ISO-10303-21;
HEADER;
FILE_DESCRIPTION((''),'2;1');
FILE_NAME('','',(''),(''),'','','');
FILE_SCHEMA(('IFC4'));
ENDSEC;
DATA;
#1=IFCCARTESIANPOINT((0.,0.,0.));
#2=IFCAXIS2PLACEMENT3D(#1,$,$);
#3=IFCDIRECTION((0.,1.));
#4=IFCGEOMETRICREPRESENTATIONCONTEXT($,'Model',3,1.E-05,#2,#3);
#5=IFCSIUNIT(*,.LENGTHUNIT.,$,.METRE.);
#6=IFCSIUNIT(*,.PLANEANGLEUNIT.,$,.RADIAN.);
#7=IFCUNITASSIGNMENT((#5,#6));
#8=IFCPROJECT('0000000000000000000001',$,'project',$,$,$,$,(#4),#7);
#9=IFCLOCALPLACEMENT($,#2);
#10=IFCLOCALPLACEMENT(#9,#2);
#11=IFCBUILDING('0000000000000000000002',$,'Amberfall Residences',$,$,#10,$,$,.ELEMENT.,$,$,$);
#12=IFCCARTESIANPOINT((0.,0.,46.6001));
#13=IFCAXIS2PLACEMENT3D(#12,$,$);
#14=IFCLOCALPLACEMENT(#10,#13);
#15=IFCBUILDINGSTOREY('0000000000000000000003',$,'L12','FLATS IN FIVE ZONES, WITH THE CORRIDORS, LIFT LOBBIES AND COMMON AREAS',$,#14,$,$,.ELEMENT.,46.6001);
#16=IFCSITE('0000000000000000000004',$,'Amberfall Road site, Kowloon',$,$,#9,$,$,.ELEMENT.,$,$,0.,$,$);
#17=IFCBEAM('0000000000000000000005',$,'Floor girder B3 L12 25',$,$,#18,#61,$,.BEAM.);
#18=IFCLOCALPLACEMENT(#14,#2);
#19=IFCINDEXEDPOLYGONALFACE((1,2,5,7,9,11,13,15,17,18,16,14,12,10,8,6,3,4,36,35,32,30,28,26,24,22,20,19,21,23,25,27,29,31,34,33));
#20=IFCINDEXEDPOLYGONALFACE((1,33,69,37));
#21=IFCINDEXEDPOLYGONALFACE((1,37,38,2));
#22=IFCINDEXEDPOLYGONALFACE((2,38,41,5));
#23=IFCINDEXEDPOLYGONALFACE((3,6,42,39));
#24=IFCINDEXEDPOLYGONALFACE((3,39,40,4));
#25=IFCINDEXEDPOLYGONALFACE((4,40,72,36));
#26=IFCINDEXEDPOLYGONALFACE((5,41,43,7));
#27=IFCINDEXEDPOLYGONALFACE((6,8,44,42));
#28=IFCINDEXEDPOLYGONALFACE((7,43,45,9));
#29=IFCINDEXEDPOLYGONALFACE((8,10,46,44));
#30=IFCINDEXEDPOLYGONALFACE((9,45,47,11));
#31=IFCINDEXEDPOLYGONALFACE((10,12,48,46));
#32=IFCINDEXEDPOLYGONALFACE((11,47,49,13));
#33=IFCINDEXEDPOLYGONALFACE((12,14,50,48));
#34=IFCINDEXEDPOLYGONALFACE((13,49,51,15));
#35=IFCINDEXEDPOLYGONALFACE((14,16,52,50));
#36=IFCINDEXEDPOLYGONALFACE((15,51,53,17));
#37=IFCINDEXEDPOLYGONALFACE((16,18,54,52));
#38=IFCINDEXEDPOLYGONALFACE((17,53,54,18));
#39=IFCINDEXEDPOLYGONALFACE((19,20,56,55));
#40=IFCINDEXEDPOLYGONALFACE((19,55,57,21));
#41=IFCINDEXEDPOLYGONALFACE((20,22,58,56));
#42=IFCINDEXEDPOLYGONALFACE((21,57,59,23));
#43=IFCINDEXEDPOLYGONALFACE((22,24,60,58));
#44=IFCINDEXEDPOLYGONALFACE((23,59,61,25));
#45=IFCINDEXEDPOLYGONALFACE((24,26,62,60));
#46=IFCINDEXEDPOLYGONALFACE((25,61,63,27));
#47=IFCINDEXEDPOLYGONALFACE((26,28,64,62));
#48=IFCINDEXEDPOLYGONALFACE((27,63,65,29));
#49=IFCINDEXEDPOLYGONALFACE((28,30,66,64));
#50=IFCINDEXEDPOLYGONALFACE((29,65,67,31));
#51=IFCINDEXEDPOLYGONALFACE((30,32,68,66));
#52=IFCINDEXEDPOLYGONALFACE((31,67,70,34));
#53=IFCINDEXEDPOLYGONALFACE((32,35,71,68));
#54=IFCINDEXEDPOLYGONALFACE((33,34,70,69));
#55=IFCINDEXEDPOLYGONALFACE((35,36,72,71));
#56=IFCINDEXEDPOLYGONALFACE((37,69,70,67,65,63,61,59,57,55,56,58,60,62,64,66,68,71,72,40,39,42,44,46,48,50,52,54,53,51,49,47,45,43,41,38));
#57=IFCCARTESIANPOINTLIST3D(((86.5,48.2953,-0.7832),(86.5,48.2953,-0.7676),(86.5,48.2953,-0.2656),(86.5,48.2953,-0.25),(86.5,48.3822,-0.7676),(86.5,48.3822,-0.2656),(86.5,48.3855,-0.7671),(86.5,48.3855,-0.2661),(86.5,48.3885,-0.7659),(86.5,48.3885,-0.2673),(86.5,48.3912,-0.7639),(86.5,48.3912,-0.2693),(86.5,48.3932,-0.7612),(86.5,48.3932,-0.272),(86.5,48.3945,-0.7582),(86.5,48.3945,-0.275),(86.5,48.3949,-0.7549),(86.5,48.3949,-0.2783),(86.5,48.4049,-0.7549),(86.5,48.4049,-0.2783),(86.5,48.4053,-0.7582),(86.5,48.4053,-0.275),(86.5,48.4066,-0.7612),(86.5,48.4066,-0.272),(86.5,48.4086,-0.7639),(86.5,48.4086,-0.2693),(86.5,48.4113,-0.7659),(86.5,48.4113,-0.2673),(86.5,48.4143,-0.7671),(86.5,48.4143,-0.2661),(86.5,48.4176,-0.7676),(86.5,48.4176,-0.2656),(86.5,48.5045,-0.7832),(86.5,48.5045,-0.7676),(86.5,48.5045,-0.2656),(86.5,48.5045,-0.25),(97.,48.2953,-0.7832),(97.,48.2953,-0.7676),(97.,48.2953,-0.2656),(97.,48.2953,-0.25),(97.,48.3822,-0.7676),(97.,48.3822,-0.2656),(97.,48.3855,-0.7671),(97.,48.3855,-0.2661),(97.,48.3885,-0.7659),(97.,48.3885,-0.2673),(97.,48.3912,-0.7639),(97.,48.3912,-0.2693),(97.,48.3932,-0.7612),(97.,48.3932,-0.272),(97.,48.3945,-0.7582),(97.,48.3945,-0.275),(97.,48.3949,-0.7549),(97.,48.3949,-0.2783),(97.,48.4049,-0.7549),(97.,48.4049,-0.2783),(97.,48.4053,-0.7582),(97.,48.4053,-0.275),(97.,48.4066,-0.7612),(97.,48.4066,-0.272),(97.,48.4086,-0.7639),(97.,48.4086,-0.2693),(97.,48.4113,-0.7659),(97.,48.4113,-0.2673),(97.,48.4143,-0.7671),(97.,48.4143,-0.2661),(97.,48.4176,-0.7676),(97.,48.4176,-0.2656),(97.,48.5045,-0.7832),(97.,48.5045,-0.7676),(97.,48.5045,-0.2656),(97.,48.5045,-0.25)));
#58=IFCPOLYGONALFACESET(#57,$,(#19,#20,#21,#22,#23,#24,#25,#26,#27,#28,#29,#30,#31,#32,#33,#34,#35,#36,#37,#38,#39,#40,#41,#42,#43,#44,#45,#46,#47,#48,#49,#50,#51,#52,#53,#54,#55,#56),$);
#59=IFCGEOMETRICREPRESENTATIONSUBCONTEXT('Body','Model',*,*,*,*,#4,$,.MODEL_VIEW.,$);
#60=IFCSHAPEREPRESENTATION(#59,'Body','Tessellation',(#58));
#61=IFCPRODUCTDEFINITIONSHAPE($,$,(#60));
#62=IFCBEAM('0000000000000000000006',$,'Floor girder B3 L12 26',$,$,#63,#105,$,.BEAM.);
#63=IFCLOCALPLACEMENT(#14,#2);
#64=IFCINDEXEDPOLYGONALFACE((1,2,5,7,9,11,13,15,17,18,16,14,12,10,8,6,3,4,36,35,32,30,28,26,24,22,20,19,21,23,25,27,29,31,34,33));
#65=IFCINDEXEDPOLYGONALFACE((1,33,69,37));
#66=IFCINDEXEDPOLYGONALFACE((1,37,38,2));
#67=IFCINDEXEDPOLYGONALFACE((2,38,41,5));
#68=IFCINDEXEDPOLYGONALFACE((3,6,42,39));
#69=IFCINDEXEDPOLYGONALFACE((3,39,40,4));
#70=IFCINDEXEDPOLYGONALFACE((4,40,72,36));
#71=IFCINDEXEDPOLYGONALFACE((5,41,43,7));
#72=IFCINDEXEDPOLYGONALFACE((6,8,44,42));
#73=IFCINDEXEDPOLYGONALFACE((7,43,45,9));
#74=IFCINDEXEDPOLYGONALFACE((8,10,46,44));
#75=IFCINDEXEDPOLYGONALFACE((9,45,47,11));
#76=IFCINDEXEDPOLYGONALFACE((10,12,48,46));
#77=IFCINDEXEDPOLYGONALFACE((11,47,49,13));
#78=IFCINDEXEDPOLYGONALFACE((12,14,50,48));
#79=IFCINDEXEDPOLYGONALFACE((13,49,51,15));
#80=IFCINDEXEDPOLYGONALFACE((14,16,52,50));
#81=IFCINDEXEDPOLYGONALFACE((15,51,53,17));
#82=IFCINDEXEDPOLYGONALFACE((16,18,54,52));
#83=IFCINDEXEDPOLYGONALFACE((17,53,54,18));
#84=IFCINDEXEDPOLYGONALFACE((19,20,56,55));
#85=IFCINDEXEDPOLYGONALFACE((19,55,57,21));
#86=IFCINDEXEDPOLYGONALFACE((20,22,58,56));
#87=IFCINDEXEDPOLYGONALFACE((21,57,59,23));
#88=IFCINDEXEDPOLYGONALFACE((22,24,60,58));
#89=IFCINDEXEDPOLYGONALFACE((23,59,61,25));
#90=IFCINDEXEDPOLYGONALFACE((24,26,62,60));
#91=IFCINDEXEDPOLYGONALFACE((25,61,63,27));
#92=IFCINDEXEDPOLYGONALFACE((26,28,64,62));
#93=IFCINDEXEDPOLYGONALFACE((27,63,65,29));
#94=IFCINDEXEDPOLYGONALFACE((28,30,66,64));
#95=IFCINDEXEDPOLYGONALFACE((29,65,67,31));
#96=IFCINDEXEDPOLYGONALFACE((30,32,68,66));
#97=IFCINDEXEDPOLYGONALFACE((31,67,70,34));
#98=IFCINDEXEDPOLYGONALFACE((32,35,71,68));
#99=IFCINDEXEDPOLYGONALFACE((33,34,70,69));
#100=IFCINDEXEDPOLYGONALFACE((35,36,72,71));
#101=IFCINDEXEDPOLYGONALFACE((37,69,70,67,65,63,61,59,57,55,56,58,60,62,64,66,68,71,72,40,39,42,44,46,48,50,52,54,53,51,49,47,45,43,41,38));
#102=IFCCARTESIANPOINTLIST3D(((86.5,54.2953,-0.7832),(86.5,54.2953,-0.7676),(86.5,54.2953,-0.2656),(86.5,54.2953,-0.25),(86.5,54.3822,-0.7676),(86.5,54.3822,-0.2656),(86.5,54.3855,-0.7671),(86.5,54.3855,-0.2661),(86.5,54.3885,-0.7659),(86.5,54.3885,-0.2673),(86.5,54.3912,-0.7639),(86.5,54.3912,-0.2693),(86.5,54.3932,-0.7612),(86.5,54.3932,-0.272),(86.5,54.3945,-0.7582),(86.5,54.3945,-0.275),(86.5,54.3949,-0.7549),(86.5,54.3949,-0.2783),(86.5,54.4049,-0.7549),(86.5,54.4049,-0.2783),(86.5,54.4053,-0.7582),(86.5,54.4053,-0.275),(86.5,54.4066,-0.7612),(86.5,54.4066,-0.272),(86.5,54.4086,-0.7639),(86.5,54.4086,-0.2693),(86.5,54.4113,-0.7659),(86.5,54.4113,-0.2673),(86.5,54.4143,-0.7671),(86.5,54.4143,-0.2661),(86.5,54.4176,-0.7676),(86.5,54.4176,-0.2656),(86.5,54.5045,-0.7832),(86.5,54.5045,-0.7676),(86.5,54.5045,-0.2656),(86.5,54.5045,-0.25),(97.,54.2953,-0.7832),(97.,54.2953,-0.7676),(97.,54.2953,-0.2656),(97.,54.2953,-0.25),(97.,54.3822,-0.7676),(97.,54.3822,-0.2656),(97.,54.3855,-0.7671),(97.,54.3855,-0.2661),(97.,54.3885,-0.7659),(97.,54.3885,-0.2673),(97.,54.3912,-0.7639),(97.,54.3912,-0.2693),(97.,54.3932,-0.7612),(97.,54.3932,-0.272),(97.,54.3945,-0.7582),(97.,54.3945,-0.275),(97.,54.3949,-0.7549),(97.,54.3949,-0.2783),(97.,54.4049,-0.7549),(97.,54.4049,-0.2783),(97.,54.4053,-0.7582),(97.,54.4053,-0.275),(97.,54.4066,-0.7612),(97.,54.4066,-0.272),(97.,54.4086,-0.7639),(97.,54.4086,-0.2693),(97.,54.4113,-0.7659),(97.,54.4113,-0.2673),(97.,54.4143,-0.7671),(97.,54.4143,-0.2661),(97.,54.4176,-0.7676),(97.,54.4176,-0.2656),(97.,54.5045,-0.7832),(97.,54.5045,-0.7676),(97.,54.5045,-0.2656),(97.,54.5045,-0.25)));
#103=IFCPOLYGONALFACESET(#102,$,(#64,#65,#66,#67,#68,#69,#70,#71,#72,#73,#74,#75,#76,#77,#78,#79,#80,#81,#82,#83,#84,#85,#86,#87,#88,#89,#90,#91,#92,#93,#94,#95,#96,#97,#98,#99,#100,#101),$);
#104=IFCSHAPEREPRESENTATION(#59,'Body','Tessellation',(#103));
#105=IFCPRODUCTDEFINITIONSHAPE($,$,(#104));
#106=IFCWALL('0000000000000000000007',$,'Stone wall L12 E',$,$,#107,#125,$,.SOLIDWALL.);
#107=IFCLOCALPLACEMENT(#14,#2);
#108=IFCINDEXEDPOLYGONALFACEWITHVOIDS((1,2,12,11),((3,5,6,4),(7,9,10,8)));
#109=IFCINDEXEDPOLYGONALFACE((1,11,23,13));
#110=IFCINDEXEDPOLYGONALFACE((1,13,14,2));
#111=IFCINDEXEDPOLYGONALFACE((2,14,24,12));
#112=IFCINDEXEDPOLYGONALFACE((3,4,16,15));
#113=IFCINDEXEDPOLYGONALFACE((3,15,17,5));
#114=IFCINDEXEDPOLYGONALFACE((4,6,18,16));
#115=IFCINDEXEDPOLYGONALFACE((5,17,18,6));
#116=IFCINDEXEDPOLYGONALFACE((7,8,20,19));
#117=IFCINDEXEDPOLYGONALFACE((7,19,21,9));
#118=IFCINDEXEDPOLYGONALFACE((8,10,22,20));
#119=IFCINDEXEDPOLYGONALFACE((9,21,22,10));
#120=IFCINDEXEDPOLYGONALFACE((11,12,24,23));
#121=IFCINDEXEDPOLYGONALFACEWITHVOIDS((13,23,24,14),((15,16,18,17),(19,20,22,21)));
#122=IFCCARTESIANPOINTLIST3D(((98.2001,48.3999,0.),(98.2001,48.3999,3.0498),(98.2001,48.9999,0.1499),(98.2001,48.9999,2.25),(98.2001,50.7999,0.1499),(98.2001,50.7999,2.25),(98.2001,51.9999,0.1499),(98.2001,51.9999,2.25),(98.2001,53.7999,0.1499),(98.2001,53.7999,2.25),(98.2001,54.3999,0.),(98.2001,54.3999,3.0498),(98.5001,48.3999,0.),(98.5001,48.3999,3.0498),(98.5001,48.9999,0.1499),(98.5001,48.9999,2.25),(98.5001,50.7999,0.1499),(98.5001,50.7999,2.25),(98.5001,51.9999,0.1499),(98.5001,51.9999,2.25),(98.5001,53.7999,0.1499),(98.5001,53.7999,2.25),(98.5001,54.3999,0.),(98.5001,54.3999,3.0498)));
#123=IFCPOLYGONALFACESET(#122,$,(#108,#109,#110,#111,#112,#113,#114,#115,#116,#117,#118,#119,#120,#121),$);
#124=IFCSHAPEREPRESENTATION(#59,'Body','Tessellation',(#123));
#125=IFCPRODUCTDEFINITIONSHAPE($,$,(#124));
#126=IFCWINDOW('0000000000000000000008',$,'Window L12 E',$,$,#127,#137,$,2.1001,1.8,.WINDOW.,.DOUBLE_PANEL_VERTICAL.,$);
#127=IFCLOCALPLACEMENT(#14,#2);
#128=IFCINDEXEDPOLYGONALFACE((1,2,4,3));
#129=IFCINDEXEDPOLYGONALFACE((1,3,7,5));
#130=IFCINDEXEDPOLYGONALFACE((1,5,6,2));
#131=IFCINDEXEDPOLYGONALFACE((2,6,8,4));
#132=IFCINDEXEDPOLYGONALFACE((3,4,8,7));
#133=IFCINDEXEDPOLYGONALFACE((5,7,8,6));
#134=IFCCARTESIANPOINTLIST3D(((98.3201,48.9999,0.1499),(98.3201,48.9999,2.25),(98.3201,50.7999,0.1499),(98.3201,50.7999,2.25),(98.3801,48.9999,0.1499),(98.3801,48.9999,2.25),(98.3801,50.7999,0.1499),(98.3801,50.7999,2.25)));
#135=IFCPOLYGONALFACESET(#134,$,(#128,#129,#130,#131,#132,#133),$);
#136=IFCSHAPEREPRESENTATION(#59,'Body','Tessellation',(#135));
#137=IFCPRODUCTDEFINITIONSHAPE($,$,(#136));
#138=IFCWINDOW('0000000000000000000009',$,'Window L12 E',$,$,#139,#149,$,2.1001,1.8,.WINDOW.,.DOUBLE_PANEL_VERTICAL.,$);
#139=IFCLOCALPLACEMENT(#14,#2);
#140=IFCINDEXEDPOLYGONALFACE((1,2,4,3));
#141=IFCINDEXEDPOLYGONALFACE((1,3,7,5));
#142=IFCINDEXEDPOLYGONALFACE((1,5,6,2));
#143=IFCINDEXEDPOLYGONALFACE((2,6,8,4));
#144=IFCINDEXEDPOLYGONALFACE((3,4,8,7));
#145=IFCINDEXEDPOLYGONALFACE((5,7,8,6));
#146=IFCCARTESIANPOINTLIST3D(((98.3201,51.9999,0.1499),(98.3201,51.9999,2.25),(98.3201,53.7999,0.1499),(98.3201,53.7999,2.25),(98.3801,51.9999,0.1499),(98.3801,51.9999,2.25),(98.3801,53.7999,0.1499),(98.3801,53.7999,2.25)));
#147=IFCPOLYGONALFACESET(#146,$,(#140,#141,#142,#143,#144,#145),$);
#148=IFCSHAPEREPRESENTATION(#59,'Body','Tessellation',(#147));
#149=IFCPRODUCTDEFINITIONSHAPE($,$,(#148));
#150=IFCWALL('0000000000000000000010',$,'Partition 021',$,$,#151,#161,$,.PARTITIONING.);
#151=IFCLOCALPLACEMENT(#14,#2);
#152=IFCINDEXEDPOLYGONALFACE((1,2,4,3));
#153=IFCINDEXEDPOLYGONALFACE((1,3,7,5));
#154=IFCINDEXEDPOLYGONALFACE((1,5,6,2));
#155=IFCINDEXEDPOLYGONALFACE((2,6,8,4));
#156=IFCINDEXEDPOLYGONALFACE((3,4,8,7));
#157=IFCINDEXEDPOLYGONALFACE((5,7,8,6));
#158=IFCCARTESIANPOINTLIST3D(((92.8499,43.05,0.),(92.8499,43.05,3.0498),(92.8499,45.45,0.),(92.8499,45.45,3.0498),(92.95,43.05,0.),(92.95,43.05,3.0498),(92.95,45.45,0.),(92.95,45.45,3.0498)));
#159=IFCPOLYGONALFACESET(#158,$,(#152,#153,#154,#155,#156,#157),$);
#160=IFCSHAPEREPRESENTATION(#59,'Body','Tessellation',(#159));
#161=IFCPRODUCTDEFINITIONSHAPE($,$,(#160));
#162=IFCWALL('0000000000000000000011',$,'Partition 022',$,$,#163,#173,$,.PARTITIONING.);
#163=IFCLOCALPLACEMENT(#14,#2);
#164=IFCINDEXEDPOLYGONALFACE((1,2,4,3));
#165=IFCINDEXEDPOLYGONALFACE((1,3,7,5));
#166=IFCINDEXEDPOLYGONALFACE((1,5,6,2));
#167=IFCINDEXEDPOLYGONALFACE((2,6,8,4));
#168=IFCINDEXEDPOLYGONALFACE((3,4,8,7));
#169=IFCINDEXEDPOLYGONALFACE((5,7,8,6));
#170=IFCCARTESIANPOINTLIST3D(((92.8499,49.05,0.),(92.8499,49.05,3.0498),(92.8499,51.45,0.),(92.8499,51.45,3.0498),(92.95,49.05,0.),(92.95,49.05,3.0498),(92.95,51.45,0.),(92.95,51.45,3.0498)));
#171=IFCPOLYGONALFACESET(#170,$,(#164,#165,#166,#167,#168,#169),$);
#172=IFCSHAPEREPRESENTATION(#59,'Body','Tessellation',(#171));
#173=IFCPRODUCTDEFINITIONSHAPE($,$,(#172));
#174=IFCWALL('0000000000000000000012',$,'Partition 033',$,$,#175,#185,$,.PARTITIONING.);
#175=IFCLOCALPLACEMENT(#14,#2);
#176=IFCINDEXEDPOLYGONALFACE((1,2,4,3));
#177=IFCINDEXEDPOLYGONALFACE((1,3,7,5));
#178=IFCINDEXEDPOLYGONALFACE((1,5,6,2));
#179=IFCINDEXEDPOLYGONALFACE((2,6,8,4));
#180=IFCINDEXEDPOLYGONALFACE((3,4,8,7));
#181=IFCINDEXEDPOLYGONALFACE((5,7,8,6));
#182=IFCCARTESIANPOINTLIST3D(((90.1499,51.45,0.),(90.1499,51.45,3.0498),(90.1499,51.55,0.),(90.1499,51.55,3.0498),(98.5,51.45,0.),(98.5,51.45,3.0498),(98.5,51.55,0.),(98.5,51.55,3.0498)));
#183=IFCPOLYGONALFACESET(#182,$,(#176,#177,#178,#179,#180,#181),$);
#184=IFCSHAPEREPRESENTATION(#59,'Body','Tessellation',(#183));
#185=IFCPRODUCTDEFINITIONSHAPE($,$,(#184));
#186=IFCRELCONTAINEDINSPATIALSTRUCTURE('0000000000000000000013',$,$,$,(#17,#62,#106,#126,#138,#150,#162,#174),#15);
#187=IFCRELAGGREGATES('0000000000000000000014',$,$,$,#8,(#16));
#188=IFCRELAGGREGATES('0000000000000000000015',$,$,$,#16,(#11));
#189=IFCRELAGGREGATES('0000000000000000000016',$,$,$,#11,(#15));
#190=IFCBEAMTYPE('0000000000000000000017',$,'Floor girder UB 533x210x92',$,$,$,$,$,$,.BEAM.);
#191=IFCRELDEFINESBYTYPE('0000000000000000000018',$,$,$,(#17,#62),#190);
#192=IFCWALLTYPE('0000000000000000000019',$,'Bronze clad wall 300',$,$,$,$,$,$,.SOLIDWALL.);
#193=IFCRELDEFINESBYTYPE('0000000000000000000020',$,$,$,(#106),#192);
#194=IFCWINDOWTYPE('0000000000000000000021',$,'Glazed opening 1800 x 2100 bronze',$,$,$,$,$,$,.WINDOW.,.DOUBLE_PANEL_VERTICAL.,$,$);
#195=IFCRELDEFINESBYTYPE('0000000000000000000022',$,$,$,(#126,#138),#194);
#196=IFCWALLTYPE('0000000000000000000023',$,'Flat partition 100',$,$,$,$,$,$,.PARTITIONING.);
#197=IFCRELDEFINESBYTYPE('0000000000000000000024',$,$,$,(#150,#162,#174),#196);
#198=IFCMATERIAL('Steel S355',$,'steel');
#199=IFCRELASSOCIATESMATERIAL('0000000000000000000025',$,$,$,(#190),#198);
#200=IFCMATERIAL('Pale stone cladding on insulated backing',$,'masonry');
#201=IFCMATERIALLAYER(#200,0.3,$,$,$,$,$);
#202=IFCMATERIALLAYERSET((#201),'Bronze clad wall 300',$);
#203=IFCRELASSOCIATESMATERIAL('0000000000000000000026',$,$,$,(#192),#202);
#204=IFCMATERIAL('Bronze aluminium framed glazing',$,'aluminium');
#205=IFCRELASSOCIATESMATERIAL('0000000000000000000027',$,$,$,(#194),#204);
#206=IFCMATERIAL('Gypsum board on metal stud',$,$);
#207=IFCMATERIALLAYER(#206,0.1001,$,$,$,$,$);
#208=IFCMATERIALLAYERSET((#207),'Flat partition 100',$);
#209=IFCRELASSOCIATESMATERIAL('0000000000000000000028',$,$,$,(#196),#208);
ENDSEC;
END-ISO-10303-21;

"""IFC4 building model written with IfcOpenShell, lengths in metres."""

from ifc_helpers import new_model, si_unit, direction, frame, frame_2d, origin, origin_2d, place, context, subcontext, project, spatial, rectangle, i_section, extrude, material, layer, layer_set, material_profile, profile_set, type_object, element, fill, save


model = new_model("IFC4")

# Units and contexts
model_context = context("Model", 3, precision=1e-05, world=origin(), true_north=direction((0.0, 1.0)))
body_context = subcontext(model_context, "Body", "Model", "MODEL_VIEW")
ifc_project = project(units=[si_unit("LENGTHUNIT", "METRE"), si_unit("PLANEANGLEUNIT", "RADIAN")], contexts=[model_context])

# Site, building, storey
site_placement = place(None, origin())
site = spatial("IfcSite", under=ifc_project, at=site_placement, Name="Amberfall Road site, Kowloon", CompositionType="ELEMENT", RefElevation=0.0)
building_placement = place(site_placement, origin())
building = spatial("IfcBuilding", under=site, at=building_placement, Name="Amberfall Residences", CompositionType="ELEMENT")
storey_placement = place(building_placement, frame((0.0, 0.0, 46.6001)))
storey = spatial("IfcBuildingStorey", under=building, at=storey_placement, Name="L12", Description="FLATS IN FIVE ZONES, WITH THE CORRIDORS, LIFT LOBBIES AND COMMON AREAS", CompositionType="ELEMENT", Elevation=46.6001)

# Beams
ifc_material_1 = material(Name="Steel S355", Category="steel")
ifc_material_profile_1 = material_profile(ifc_material_1, i_section(OverallWidth=0.2092, OverallDepth=0.5332, WebThickness=0.01, FlangeThickness=0.0156, FilletRadius=0.0127, at=origin_2d()), Name="UB 533x210x92")
ifc_profile_set_1 = profile_set([ifc_material_profile_1], Name="Steel S355")
beam_type_1 = type_object("IfcBeamType", Name="Floor girder UB 533x210x92", PredefinedType="BEAM", material=ifc_profile_set_1)
for number, where, z_axis, x_axis, name in (
    (1, (97.0, 48.3999, -0.5166), (-1.0, 0.0, 0.0), (0.0, -1.0, 0.0), "Floor girder B3 L12 25"),
    (2, (97.0, 54.3999, -0.5166), (-1.0, 0.0, 0.0), (0.0, -1.0, 0.0), "Floor girder B3 L12 26"),
):
    element("IfcBeam", number, at=place(storey_placement, frame(where, z_axis=z_axis, x_axis=x_axis)), inside=storey, type_object=beam_type_1, Name=name, PredefinedType="BEAM", context=body_context, shape_type="SweptSolid", body=[
        extrude(i_section(OverallWidth=0.2092, OverallDepth=0.5332, WebThickness=0.01, FlangeThickness=0.0156, FilletRadius=0.0127, at=origin_2d()), origin(), (0.0, 0.0, 1.0), 10.5),
    ])

# Wall, openings, windows
ifc_material_2 = material(Name="Pale stone cladding on insulated backing", Category="masonry")
ifc_layer_1 = layer(ifc_material_2, 0.3)
ifc_layer_set_1 = layer_set([ifc_layer_1], Name="Bronze clad wall 300")
wall_type_1 = type_object("IfcWallType", Name="Bronze clad wall 300", PredefinedType="SOLIDWALL", material=ifc_layer_set_1)
wall_1_placement = place(storey_placement, frame((98.3501, 48.3999, 0.0), z_axis=(0.0, 0.0, 1.0), x_axis=(0.0, 1.0, 0.0)))
wall_1 = element("IfcWall", 3, at=wall_1_placement, inside=storey, type_object=wall_type_1, Name="Stone wall L12 E", PredefinedType="SOLIDWALL", context=body_context, shape_type="SweptSolid", body=[
    extrude(rectangle(XDim=6.0, YDim=0.3, at=frame_2d((3.0, 0.0))), origin(), (0.0, 0.0, 1.0), 3.0498),
])
opening_1_placement = place(wall_1_placement, frame((0.6001, 0.0, 0.1499)))
opening_1 = element("IfcOpeningElement", 4, at=opening_1_placement, cuts=wall_1, PredefinedType="OPENING", context=body_context, shape_type="SweptSolid", body=[
    extrude(rectangle(XDim=1.8, YDim=2.1001, at=frame_2d((0.8999, 1.05))), frame((0.0, 0.1599, 0.0), z_axis=(0.0, -1.0, 0.0), x_axis=(1.0, 0.0, 0.0)), (0.0, 0.0, 1.0), 0.3201),
])
opening_2_placement = place(wall_1_placement, frame((3.6001, 0.0, 0.1499)))
opening_2 = element("IfcOpeningElement", 5, at=opening_2_placement, cuts=wall_1, PredefinedType="OPENING", context=body_context, shape_type="SweptSolid", body=[
    extrude(rectangle(XDim=1.8, YDim=2.1001, at=frame_2d((0.8999, 1.05))), frame((0.0, 0.1599, 0.0), z_axis=(0.0, -1.0, 0.0), x_axis=(1.0, 0.0, 0.0)), (0.0, 0.0, 1.0), 0.3201),
])
ifc_material_3 = material(Name="Bronze aluminium framed glazing", Category="aluminium")
window_type = type_object("IfcWindowType", Name="Glazed opening 1800 x 2100 bronze", PartitioningType="DOUBLE_PANEL_VERTICAL", PredefinedType="WINDOW", material=ifc_material_3)
window_1_placement = place(opening_1_placement, origin())
window_1 = element("IfcWindow", 6, at=window_1_placement, inside=storey, type_object=window_type, Name="Window L12 E", OverallHeight=2.1001, OverallWidth=1.8, PartitioningType="DOUBLE_PANEL_VERTICAL", PredefinedType="WINDOW", context=body_context, shape_type="SweptSolid", body=[
    extrude(rectangle(XDim=1.8, YDim=2.1001, at=frame_2d((0.8999, 1.05))), frame((0.0, 0.03, 0.0), z_axis=(0.0, -1.0, 0.0), x_axis=(1.0, 0.0, 0.0)), (0.0, 0.0, 1.0), 0.0601),
])
fill(opening_1, window_1)
window_2_placement = place(opening_2_placement, origin())
window_2 = element("IfcWindow", 7, at=window_2_placement, inside=storey, type_object=window_type, Name="Window L12 E", OverallHeight=2.1001, OverallWidth=1.8, PartitioningType="DOUBLE_PANEL_VERTICAL", PredefinedType="WINDOW", context=body_context, shape_type="SweptSolid", body=[
    extrude(rectangle(XDim=1.8, YDim=2.1001, at=frame_2d((0.8999, 1.05))), frame((0.0, 0.03, 0.0), z_axis=(0.0, -1.0, 0.0), x_axis=(1.0, 0.0, 0.0)), (0.0, 0.0, 1.0), 0.0601),
])
fill(opening_2, window_2)

# Walls
ifc_material_4 = material(Name="Gypsum board on metal stud")
ifc_layer_2 = layer(ifc_material_4, 0.1001)
ifc_layer_set_2 = layer_set([ifc_layer_2], Name="Flat partition 100")
wall_type_2 = type_object("IfcWallType", Name="Flat partition 100", PredefinedType="PARTITIONING", material=ifc_layer_set_2)
for number, where, z_axis, x_axis, name in (
    (8, (92.8999, 43.05, 0.0), (0.0, 0.0, 1.0), (0.0, 1.0, 0.0), "Partition 021"),
    (9, (92.8999, 49.05, 0.0), (0.0, 0.0, 1.0), (0.0, 1.0, 0.0), "Partition 022"),
):
    element("IfcWall", number, at=place(storey_placement, frame(where, z_axis=z_axis, x_axis=x_axis)), inside=storey, type_object=wall_type_2, Name=name, PredefinedType="PARTITIONING", context=body_context, shape_type="SweptSolid", body=[
        extrude(rectangle(XDim=2.3999, YDim=0.1001, at=frame_2d((1.2, 0.0))), origin(), (0.0, 0.0, 1.0), 3.0498),
    ])
wall_2_placement = place(storey_placement, frame((90.1499, 51.5, 0.0), z_axis=(0.0, 0.0, 1.0), x_axis=(1.0, 0.0, 0.0)))
element("IfcWall", 10, at=wall_2_placement, inside=storey, type_object=wall_type_2, Name="Partition 033", PredefinedType="PARTITIONING", context=body_context, shape_type="SweptSolid", body=[
    extrude(rectangle(XDim=8.3501, YDim=0.1001, at=frame_2d((4.175, 0.0))), origin(), (0.0, 0.0, 1.0), 3.0498),
])

save(model, "model.ifc")
